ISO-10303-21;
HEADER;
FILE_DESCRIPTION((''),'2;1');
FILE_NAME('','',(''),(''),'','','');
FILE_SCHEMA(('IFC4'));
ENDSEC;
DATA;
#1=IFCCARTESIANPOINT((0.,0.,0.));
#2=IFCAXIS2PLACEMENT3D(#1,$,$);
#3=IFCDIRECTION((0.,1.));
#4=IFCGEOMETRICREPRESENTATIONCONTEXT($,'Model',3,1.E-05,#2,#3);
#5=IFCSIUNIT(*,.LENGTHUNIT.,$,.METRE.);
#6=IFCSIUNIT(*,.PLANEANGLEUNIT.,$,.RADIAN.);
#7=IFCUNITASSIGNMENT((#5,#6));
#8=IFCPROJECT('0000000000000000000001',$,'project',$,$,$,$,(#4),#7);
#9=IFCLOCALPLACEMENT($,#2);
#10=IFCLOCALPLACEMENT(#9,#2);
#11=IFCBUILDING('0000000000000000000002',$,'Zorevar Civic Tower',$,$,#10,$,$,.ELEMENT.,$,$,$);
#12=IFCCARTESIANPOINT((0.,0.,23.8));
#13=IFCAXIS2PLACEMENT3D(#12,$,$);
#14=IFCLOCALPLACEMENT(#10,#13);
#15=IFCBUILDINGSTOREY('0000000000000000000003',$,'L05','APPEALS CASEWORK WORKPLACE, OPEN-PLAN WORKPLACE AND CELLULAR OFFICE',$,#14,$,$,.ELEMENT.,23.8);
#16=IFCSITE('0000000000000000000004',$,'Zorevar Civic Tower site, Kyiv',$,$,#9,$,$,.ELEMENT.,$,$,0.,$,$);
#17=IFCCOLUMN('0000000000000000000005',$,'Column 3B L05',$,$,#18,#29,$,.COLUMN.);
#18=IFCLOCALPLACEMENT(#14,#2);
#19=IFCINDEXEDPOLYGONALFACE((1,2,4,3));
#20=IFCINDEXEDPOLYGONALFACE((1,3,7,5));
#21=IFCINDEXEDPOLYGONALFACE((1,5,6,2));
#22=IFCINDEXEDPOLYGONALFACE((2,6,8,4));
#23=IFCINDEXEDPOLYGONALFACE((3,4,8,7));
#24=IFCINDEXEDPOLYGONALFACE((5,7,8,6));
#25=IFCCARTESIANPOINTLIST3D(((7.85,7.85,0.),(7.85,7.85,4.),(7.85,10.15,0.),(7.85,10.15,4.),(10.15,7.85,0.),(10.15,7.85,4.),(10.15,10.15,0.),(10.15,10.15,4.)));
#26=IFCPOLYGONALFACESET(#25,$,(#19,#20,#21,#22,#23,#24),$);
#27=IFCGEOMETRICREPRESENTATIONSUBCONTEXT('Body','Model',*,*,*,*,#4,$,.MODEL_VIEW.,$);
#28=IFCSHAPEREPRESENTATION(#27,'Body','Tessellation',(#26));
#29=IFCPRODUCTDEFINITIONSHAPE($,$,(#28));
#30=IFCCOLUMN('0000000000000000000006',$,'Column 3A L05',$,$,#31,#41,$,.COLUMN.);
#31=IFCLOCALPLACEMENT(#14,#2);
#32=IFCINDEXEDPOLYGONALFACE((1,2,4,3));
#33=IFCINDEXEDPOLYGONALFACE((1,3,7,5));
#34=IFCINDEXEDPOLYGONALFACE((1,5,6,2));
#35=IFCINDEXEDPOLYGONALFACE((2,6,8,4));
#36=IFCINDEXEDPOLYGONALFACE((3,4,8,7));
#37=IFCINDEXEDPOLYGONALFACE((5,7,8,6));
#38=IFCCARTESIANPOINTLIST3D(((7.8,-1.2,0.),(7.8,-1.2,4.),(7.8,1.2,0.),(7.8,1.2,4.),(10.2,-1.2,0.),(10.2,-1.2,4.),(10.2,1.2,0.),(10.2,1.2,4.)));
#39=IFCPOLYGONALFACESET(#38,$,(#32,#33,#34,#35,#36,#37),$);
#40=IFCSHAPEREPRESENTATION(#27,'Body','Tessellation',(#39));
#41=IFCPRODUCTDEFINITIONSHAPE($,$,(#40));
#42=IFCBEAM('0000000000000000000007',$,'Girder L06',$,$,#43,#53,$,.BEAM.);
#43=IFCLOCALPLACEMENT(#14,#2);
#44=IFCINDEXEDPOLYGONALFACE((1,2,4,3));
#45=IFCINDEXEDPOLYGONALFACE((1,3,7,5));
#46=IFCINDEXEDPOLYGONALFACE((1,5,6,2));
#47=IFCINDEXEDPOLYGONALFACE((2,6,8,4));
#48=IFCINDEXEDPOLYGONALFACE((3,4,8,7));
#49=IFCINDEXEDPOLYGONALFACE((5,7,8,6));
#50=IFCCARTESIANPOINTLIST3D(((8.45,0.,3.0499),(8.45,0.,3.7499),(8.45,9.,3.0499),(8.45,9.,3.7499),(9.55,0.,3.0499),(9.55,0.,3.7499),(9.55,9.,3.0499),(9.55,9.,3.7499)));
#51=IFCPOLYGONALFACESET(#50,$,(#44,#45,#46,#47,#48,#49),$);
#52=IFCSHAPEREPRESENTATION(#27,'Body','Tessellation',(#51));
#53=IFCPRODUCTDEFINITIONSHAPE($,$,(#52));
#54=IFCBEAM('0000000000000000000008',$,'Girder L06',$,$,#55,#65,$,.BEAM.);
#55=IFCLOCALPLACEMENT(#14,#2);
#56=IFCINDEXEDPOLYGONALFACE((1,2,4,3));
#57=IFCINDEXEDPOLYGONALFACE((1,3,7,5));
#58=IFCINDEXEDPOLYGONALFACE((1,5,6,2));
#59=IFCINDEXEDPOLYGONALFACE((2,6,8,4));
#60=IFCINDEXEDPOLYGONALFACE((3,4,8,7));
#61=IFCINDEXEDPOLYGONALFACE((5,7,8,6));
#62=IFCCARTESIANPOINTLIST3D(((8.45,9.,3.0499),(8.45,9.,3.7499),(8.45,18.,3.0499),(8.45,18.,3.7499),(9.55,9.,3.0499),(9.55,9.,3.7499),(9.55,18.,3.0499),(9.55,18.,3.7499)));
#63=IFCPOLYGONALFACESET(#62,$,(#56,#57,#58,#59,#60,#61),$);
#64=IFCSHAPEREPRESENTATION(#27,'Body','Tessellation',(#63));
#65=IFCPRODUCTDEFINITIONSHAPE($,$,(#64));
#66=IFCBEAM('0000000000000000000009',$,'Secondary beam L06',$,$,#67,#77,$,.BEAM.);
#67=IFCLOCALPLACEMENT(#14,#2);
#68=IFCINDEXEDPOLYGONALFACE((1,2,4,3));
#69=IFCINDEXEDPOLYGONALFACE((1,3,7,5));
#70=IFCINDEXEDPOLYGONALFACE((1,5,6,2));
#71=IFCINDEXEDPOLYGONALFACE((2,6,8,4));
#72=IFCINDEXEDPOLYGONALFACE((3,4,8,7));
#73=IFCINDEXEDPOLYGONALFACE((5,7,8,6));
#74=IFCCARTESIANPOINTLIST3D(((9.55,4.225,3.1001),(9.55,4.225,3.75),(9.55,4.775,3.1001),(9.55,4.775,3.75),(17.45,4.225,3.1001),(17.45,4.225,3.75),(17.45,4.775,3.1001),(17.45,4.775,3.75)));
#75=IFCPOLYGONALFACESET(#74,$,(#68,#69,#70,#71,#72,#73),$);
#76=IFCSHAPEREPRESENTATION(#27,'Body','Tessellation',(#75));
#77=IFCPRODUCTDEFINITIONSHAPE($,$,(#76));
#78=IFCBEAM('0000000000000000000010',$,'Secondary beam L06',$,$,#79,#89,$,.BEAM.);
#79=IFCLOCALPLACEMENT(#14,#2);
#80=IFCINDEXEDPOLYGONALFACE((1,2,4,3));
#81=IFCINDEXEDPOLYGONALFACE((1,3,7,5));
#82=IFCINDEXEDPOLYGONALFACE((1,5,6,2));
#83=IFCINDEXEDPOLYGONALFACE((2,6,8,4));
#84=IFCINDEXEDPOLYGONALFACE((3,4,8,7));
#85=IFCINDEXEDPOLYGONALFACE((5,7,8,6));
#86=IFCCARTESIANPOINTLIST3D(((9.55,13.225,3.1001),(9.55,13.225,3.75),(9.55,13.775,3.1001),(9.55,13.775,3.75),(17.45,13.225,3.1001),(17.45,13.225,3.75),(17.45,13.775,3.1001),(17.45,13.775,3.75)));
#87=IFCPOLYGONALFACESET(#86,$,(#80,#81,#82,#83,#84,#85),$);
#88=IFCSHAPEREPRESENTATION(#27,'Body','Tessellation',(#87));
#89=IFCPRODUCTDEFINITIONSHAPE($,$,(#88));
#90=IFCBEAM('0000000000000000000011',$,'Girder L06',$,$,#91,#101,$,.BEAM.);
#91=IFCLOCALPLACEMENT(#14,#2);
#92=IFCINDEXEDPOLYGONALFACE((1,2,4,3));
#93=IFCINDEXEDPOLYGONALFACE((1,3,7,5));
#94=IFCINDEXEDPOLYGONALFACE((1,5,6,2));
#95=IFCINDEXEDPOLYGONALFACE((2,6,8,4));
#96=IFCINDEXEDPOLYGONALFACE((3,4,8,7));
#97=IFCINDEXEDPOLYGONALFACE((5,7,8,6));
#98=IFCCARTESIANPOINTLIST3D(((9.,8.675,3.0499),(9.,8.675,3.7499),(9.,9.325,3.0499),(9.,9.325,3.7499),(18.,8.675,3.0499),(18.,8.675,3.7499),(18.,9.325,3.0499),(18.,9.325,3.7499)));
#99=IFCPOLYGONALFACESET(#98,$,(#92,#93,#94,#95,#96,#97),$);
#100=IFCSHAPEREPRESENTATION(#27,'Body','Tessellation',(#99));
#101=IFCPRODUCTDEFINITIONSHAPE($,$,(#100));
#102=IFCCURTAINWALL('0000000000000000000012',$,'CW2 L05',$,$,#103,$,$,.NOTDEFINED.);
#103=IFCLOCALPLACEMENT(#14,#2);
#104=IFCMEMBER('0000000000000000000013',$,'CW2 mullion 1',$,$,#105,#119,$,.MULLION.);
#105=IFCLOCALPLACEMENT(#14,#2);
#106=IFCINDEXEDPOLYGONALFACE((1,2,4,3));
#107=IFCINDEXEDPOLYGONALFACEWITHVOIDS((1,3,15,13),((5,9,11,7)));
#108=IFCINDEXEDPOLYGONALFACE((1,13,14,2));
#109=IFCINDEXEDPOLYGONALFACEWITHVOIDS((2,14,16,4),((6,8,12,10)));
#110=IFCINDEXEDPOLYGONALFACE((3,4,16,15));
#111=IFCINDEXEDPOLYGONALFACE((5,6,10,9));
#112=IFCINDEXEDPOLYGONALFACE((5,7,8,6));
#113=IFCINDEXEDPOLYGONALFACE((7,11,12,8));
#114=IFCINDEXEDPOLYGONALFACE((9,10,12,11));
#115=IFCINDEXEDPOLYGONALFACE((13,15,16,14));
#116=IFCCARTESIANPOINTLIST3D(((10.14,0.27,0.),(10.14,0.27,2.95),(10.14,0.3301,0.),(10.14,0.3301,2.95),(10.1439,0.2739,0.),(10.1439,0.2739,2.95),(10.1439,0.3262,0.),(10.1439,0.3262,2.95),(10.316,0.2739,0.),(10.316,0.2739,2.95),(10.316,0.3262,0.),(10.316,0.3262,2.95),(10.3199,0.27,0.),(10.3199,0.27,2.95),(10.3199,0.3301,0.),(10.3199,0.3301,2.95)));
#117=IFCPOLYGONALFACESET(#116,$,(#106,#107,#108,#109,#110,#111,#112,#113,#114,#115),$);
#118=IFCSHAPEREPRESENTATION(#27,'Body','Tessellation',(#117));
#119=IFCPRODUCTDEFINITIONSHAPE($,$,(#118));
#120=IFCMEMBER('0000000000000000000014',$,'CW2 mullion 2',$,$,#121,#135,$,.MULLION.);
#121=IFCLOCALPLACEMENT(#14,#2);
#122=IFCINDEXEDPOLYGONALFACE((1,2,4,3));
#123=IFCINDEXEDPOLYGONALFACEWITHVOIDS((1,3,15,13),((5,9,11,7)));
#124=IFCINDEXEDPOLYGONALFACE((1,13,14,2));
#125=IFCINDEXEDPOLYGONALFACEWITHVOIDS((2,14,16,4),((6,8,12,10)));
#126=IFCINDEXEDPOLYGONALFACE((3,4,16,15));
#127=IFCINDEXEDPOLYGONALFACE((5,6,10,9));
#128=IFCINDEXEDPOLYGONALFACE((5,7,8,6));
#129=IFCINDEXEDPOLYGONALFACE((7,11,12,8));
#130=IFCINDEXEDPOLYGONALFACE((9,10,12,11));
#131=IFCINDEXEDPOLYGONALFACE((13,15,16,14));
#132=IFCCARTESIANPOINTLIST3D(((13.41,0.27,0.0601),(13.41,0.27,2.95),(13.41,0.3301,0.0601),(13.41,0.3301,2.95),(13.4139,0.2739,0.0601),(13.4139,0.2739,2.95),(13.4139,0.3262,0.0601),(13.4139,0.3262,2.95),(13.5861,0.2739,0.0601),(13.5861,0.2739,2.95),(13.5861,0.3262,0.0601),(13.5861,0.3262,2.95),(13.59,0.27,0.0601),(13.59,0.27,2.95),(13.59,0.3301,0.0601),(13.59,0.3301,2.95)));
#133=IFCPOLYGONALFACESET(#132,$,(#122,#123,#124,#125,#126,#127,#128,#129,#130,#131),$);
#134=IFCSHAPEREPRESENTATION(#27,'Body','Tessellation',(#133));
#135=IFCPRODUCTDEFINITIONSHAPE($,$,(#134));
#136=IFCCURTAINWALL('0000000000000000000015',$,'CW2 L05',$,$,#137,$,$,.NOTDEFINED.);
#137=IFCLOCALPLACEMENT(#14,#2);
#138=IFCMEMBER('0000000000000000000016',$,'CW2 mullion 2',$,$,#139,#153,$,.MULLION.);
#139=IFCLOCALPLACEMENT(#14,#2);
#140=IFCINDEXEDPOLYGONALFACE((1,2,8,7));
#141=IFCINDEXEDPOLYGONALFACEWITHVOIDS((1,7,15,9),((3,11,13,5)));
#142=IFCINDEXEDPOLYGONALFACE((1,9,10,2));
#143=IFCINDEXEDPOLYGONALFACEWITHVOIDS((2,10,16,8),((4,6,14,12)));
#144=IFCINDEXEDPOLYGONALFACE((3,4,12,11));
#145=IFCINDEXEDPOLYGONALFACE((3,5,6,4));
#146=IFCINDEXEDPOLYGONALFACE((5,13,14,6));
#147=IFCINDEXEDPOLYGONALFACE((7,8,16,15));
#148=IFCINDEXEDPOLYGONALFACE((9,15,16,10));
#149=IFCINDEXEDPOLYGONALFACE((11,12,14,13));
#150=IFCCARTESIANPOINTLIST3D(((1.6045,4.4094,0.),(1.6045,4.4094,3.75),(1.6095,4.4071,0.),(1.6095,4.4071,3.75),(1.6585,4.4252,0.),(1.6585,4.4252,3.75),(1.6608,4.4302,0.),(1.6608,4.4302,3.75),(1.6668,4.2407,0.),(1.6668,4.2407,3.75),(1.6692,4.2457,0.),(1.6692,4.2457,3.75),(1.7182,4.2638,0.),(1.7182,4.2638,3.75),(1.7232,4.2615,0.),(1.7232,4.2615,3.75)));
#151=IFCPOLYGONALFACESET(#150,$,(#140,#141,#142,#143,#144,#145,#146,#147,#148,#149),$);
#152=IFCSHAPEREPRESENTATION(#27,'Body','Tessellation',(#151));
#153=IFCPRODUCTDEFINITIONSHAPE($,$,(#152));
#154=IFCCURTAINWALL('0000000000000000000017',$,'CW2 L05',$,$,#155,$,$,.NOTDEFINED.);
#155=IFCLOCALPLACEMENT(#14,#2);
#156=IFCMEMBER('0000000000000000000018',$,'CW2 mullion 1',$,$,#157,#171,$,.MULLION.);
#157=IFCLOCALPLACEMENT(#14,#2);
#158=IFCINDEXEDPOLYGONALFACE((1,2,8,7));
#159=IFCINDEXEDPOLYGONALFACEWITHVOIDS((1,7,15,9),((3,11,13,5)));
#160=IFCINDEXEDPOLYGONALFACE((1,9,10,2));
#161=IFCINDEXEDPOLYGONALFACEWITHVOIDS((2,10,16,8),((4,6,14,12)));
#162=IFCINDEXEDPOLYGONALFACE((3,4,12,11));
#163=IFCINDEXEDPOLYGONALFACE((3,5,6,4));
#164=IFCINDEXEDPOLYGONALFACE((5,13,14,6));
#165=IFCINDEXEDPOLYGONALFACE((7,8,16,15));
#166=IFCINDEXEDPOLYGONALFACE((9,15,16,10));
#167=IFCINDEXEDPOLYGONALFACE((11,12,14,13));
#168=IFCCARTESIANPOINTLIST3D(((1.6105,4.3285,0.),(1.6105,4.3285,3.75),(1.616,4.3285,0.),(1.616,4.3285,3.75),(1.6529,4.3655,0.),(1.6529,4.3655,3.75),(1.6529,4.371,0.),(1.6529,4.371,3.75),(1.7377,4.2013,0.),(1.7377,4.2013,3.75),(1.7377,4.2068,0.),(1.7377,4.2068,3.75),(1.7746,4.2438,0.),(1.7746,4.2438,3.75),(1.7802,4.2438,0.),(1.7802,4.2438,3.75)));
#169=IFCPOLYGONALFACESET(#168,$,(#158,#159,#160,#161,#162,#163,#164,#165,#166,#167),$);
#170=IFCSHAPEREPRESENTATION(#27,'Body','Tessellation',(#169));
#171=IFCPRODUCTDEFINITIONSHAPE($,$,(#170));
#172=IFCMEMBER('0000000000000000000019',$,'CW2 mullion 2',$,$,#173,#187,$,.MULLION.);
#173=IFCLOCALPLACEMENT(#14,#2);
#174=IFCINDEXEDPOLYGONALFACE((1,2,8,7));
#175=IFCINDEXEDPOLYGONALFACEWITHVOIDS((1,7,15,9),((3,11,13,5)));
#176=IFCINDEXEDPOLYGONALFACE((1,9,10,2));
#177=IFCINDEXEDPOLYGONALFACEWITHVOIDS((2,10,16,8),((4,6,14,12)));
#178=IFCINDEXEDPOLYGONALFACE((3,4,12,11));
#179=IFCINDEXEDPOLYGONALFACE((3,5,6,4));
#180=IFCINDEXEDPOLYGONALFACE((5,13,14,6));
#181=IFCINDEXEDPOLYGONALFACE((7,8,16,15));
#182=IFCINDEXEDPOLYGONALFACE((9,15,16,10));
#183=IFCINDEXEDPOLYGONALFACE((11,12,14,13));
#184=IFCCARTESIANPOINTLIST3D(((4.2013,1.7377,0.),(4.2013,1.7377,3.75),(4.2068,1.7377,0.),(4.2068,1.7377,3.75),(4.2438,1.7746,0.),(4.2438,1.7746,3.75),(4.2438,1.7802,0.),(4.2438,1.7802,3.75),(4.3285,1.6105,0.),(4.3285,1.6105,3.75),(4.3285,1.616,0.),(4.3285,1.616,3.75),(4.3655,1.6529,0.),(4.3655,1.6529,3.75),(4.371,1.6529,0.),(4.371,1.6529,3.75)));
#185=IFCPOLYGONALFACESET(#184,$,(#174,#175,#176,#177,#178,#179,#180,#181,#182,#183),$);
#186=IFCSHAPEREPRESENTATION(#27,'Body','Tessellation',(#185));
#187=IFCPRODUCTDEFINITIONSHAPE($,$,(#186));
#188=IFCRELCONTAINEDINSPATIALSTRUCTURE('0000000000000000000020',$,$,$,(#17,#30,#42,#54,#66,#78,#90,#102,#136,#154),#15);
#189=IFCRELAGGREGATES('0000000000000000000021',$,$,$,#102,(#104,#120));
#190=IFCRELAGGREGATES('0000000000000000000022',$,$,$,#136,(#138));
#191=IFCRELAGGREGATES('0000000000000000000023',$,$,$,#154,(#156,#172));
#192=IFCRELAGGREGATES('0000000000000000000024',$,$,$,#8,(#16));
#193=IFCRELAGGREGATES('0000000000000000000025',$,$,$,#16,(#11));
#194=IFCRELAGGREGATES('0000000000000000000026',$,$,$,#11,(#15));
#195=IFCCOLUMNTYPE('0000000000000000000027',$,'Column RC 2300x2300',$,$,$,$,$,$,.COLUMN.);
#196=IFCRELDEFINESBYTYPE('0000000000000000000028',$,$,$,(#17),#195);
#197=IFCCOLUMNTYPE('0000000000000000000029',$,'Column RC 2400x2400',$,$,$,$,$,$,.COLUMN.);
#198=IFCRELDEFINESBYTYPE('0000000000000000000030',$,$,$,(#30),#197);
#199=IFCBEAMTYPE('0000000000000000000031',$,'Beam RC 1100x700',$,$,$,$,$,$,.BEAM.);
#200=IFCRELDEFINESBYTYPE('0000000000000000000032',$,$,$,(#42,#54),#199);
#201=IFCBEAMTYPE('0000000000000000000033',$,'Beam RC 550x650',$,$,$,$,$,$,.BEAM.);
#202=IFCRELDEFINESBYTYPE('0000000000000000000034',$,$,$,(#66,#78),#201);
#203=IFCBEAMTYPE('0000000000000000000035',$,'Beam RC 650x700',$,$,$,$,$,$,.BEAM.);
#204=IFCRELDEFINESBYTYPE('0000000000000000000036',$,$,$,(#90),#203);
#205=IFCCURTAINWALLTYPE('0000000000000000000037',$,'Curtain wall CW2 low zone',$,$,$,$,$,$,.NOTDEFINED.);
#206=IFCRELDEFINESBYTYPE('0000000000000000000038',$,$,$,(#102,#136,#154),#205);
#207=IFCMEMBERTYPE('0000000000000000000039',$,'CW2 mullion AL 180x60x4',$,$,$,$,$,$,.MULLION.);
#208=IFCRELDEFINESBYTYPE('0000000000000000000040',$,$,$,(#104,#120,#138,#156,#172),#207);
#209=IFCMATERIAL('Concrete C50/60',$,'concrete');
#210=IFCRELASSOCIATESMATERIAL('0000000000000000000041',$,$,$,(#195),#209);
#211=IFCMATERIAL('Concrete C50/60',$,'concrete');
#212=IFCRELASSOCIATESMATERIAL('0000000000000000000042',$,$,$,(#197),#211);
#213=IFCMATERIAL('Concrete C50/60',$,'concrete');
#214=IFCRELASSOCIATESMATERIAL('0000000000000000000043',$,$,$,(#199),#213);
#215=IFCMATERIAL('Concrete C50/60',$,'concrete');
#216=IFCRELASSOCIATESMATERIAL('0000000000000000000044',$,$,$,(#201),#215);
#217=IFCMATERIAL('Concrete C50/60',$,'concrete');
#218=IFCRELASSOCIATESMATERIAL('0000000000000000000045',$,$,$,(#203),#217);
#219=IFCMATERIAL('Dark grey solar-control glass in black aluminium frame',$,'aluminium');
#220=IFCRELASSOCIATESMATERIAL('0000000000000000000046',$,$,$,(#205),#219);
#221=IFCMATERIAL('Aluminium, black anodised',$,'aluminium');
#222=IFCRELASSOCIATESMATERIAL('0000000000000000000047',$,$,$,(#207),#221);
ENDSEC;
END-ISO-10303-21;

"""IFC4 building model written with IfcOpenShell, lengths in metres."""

from ifc_helpers import new_model, si_unit, direction, frame, origin, origin_2d, place, context, subcontext, project, spatial, rectangle, hollow_rectangle, extrude, material, material_profile, profile_set, type_object, element, aggregate, save


model = new_model("IFC4")

# Units and contexts
model_context = context("Model", 3, precision=1e-05, world=origin(), true_north=direction((0.0, 1.0)))
body_context = subcontext(model_context, "Body", "Model", "MODEL_VIEW")
ifc_project = project(units=[si_unit("LENGTHUNIT", "METRE"), si_unit("PLANEANGLEUNIT", "RADIAN")], contexts=[model_context])

# Site, building, storey
site_placement = place(None, origin())
site = spatial("IfcSite", under=ifc_project, at=site_placement, Name="Zorevar Civic Tower site, Kyiv", CompositionType="ELEMENT", RefElevation=0.0)
building_placement = place(site_placement, origin())
building = spatial("IfcBuilding", under=site, at=building_placement, Name="Zorevar Civic Tower", CompositionType="ELEMENT")
storey_placement = place(building_placement, frame((0.0, 0.0, 23.8)))
storey = spatial("IfcBuildingStorey", under=building, at=storey_placement, Name="L05", Description="APPEALS CASEWORK WORKPLACE, OPEN-PLAN WORKPLACE AND CELLULAR OFFICE", CompositionType="ELEMENT", Elevation=23.8)

# Columns
ifc_material_1 = material(Name="Concrete C50/60", Category="concrete")
ifc_material_profile_1 = material_profile(ifc_material_1, rectangle(XDim=2.3, YDim=2.3, at=origin_2d()), Name="RC 2300x2300")
ifc_profile_set_1 = profile_set([ifc_material_profile_1], Name="Concrete C50/60")
column_type_1 = type_object("IfcColumnType", Name="Column RC 2300x2300", PredefinedType="COLUMN", material=ifc_profile_set_1)
column_1_placement = place(storey_placement, frame((9.0, 9.0, 0.0), z_axis=(0.0, 0.0, 1.0), x_axis=(1.0, 0.0, 0.0)))
element("IfcColumn", 1, at=column_1_placement, inside=storey, type_object=column_type_1, Name="Column 3B L05", PredefinedType="COLUMN", context=body_context, shape_type="SweptSolid", body=[
    extrude(rectangle(XDim=2.3, YDim=2.3, at=origin_2d()), origin(), (0.0, 0.0, 1.0), 4.0),
])
ifc_material_2 = material(Name="Concrete C50/60", Category="concrete")
ifc_material_profile_2 = material_profile(ifc_material_2, rectangle(XDim=2.3999, YDim=2.3999, at=origin_2d()), Name="RC 2400x2400")
ifc_profile_set_2 = profile_set([ifc_material_profile_2], Name="Concrete C50/60")
column_type_2 = type_object("IfcColumnType", Name="Column RC 2400x2400", PredefinedType="COLUMN", material=ifc_profile_set_2)
column_2_placement = place(storey_placement, frame((9.0, 0.0, 0.0), z_axis=(0.0, 0.0, 1.0), x_axis=(1.0, 0.0, 0.0)))
element("IfcColumn", 2, at=column_2_placement, inside=storey, type_object=column_type_2, Name="Column 3A L05", PredefinedType="COLUMN", context=body_context, shape_type="SweptSolid", body=[
    extrude(rectangle(XDim=2.3999, YDim=2.3999, at=origin_2d()), origin(), (0.0, 0.0, 1.0), 4.0),
])

# Beams
ifc_material_3 = material(Name="Concrete C50/60", Category="concrete")
ifc_material_profile_3 = material_profile(ifc_material_3, rectangle(XDim=1.1001, YDim=0.7, at=origin_2d()), Name="RC 1100x700")
ifc_profile_set_3 = profile_set([ifc_material_profile_3], Name="Concrete C50/60")
beam_type_1 = type_object("IfcBeamType", Name="Beam RC 1100x700", PredefinedType="BEAM", material=ifc_profile_set_3)
for number, where, z_axis, x_axis, name in (
    (3, (9.0, 0.0, 3.3999), (0.0, 1.0, 0.0), (-1.0, 0.0, 0.0), "Girder L06"),
    (4, (9.0, 9.0, 3.3999), (0.0, 1.0, 0.0), (-1.0, 0.0, 0.0), "Girder L06"),
):
    element("IfcBeam", number, at=place(storey_placement, frame(where, z_axis=z_axis, x_axis=x_axis)), inside=storey, type_object=beam_type_1, Name=name, PredefinedType="BEAM", context=body_context, shape_type="SweptSolid", body=[
        extrude(rectangle(XDim=1.1001, YDim=0.7, at=origin_2d()), origin(), (0.0, 0.0, 1.0), 9.0),
    ])
ifc_material_4 = material(Name="Concrete C50/60", Category="concrete")
ifc_material_profile_4 = material_profile(ifc_material_4, rectangle(XDim=0.55, YDim=0.6499, at=origin_2d()), Name="RC 550x650")
ifc_profile_set_4 = profile_set([ifc_material_profile_4], Name="Concrete C50/60")
beam_type_2 = type_object("IfcBeamType", Name="Beam RC 550x650", PredefinedType="BEAM", material=ifc_profile_set_4)
for number, where, z_axis, x_axis, name in (
    (5, (9.55, 4.5, 3.425), (1.0, 0.0, 0.0), (0.0, 1.0, 0.0), "Secondary beam L06"),
    (6, (9.55, 13.5, 3.425), (1.0, 0.0, 0.0), (0.0, 1.0, 0.0), "Secondary beam L06"),
):
    element("IfcBeam", number, at=place(storey_placement, frame(where, z_axis=z_axis, x_axis=x_axis)), inside=storey, type_object=beam_type_2, Name=name, PredefinedType="BEAM", context=body_context, shape_type="SweptSolid", body=[
        extrude(rectangle(XDim=0.55, YDim=0.6499, at=origin_2d()), origin(), (0.0, 0.0, 1.0), 7.8999),
    ])
ifc_material_5 = material(Name="Concrete C50/60", Category="concrete")
ifc_material_profile_5 = material_profile(ifc_material_5, rectangle(XDim=0.6499, YDim=0.7, at=origin_2d()), Name="RC 650x700")
ifc_profile_set_5 = profile_set([ifc_material_profile_5], Name="Concrete C50/60")
beam_type_3 = type_object("IfcBeamType", Name="Beam RC 650x700", PredefinedType="BEAM", material=ifc_profile_set_5)
beam_1_placement = place(storey_placement, frame((9.0, 9.0, 3.3999), z_axis=(1.0, 0.0, 0.0), x_axis=(0.0, 1.0, 0.0)))
element("IfcBeam", 7, at=beam_1_placement, inside=storey, type_object=beam_type_3, Name="Girder L06", PredefinedType="BEAM", context=body_context, shape_type="SweptSolid", body=[
    extrude(rectangle(XDim=0.6499, YDim=0.7, at=origin_2d()), origin(), (0.0, 0.0, 1.0), 9.0),
])

# Curtain wall, members
ifc_material_6 = material(Name="Dark grey solar-control glass in black aluminium frame", Category="aluminium")
curtain_wall_type = type_object("IfcCurtainWallType", Name="Curtain wall CW2 low zone", PredefinedType="NOTDEFINED", material=ifc_material_6)
curtain_wall_1_placement = place(storey_placement, origin())
curtain_wall_1 = element("IfcCurtainWall", 8, at=curtain_wall_1_placement, inside=storey, type_object=curtain_wall_type, Name="CW2 L05", PredefinedType="NOTDEFINED")
ifc_material_7 = material(Name="Aluminium, black anodised", Category="aluminium")
ifc_material_profile_6 = material_profile(ifc_material_7, hollow_rectangle(XDim=0.0601, YDim=0.1799, WallThickness=0.0039, at=origin_2d()), Name="AL 180x60x4")
ifc_profile_set_6 = profile_set([ifc_material_profile_6], Name="Aluminium, black anodised")
member_type_1 = type_object("IfcMemberType", Name="CW2 mullion AL 180x60x4", PredefinedType="MULLION", material=ifc_profile_set_6)
member_1_placement = place(storey_placement, frame((10.23, 0.3, 0.0), z_axis=(0.0, 0.0, 1.0), x_axis=(0.0, 1.0, 0.0)))
member_1 = element("IfcMember", 9, at=member_1_placement, type_object=member_type_1, Name="CW2 mullion 1", PredefinedType="MULLION", context=body_context, shape_type="SweptSolid", body=[
    extrude(hollow_rectangle(XDim=0.0601, YDim=0.1799, WallThickness=0.0039, at=origin_2d()), origin(), (0.0, 0.0, 1.0), 2.95),
])
member_2_placement = place(storey_placement, frame((13.5, 0.3, 0.0601), z_axis=(0.0, 0.0, 1.0), x_axis=(0.0, 1.0, 0.0)))
member_2 = element("IfcMember", 10, at=member_2_placement, type_object=member_type_1, Name="CW2 mullion 2", PredefinedType="MULLION", context=body_context, shape_type="SweptSolid", body=[
    extrude(hollow_rectangle(XDim=0.0601, YDim=0.1799, WallThickness=0.0039, at=origin_2d()), origin(), (0.0, 0.0, 1.0), 2.8899),
])

# Curtain wall, member
curtain_wall_2_placement = place(storey_placement, origin())
curtain_wall_2 = element("IfcCurtainWall", 11, at=curtain_wall_2_placement, inside=storey, type_object=curtain_wall_type, Name="CW2 L05", PredefinedType="NOTDEFINED")
member_3_placement = place(storey_placement, frame((1.6638, 4.3354, 0.0), z_axis=(0.0, 0.0, 1.0), x_axis=(0.937975, 0.346704, 0.0)))
member_3 = element("IfcMember", 12, at=member_3_placement, type_object=member_type_1, Name="CW2 mullion 2", PredefinedType="MULLION", context=body_context, shape_type="SweptSolid", body=[
    extrude(hollow_rectangle(XDim=0.0601, YDim=0.1799, WallThickness=0.0039, at=origin_2d()), origin(), (0.0, 0.0, 1.0), 3.75),
])

# Curtain wall, members
curtain_wall_3_placement = place(storey_placement, origin())
curtain_wall_3 = element("IfcCurtainWall", 13, at=curtain_wall_3_placement, inside=storey, type_object=curtain_wall_type, Name="CW2 L05", PredefinedType="NOTDEFINED")
member_4_placement = place(storey_placement, frame((1.6953, 4.2861, 0.0), z_axis=(0.0, 0.0, 1.0), x_axis=(0.707107, 0.707107, 0.0)))
member_4 = element("IfcMember", 14, at=member_4_placement, type_object=member_type_1, Name="CW2 mullion 1", PredefinedType="MULLION", context=body_context, shape_type="SweptSolid", body=[
    extrude(hollow_rectangle(XDim=0.0601, YDim=0.1799, WallThickness=0.0039, at=origin_2d()), origin(), (0.0, 0.0, 1.0), 3.75),
])
member_5_placement = place(storey_placement, frame((4.2861, 1.6953, 0.0), z_axis=(0.0, 0.0, 1.0), x_axis=(0.707107, 0.707107, 0.0)))
member_5 = element("IfcMember", 15, at=member_5_placement, type_object=member_type_1, Name="CW2 mullion 2", PredefinedType="MULLION", context=body_context, shape_type="SweptSolid", body=[
    extrude(hollow_rectangle(XDim=0.0601, YDim=0.1799, WallThickness=0.0039, at=origin_2d()), origin(), (0.0, 0.0, 1.0), 3.75),
])

aggregate(curtain_wall_1, [member_1, member_2])
aggregate(curtain_wall_2, [member_3])
aggregate(curtain_wall_3, [member_4, member_5])

save(model, "model.ifc")
